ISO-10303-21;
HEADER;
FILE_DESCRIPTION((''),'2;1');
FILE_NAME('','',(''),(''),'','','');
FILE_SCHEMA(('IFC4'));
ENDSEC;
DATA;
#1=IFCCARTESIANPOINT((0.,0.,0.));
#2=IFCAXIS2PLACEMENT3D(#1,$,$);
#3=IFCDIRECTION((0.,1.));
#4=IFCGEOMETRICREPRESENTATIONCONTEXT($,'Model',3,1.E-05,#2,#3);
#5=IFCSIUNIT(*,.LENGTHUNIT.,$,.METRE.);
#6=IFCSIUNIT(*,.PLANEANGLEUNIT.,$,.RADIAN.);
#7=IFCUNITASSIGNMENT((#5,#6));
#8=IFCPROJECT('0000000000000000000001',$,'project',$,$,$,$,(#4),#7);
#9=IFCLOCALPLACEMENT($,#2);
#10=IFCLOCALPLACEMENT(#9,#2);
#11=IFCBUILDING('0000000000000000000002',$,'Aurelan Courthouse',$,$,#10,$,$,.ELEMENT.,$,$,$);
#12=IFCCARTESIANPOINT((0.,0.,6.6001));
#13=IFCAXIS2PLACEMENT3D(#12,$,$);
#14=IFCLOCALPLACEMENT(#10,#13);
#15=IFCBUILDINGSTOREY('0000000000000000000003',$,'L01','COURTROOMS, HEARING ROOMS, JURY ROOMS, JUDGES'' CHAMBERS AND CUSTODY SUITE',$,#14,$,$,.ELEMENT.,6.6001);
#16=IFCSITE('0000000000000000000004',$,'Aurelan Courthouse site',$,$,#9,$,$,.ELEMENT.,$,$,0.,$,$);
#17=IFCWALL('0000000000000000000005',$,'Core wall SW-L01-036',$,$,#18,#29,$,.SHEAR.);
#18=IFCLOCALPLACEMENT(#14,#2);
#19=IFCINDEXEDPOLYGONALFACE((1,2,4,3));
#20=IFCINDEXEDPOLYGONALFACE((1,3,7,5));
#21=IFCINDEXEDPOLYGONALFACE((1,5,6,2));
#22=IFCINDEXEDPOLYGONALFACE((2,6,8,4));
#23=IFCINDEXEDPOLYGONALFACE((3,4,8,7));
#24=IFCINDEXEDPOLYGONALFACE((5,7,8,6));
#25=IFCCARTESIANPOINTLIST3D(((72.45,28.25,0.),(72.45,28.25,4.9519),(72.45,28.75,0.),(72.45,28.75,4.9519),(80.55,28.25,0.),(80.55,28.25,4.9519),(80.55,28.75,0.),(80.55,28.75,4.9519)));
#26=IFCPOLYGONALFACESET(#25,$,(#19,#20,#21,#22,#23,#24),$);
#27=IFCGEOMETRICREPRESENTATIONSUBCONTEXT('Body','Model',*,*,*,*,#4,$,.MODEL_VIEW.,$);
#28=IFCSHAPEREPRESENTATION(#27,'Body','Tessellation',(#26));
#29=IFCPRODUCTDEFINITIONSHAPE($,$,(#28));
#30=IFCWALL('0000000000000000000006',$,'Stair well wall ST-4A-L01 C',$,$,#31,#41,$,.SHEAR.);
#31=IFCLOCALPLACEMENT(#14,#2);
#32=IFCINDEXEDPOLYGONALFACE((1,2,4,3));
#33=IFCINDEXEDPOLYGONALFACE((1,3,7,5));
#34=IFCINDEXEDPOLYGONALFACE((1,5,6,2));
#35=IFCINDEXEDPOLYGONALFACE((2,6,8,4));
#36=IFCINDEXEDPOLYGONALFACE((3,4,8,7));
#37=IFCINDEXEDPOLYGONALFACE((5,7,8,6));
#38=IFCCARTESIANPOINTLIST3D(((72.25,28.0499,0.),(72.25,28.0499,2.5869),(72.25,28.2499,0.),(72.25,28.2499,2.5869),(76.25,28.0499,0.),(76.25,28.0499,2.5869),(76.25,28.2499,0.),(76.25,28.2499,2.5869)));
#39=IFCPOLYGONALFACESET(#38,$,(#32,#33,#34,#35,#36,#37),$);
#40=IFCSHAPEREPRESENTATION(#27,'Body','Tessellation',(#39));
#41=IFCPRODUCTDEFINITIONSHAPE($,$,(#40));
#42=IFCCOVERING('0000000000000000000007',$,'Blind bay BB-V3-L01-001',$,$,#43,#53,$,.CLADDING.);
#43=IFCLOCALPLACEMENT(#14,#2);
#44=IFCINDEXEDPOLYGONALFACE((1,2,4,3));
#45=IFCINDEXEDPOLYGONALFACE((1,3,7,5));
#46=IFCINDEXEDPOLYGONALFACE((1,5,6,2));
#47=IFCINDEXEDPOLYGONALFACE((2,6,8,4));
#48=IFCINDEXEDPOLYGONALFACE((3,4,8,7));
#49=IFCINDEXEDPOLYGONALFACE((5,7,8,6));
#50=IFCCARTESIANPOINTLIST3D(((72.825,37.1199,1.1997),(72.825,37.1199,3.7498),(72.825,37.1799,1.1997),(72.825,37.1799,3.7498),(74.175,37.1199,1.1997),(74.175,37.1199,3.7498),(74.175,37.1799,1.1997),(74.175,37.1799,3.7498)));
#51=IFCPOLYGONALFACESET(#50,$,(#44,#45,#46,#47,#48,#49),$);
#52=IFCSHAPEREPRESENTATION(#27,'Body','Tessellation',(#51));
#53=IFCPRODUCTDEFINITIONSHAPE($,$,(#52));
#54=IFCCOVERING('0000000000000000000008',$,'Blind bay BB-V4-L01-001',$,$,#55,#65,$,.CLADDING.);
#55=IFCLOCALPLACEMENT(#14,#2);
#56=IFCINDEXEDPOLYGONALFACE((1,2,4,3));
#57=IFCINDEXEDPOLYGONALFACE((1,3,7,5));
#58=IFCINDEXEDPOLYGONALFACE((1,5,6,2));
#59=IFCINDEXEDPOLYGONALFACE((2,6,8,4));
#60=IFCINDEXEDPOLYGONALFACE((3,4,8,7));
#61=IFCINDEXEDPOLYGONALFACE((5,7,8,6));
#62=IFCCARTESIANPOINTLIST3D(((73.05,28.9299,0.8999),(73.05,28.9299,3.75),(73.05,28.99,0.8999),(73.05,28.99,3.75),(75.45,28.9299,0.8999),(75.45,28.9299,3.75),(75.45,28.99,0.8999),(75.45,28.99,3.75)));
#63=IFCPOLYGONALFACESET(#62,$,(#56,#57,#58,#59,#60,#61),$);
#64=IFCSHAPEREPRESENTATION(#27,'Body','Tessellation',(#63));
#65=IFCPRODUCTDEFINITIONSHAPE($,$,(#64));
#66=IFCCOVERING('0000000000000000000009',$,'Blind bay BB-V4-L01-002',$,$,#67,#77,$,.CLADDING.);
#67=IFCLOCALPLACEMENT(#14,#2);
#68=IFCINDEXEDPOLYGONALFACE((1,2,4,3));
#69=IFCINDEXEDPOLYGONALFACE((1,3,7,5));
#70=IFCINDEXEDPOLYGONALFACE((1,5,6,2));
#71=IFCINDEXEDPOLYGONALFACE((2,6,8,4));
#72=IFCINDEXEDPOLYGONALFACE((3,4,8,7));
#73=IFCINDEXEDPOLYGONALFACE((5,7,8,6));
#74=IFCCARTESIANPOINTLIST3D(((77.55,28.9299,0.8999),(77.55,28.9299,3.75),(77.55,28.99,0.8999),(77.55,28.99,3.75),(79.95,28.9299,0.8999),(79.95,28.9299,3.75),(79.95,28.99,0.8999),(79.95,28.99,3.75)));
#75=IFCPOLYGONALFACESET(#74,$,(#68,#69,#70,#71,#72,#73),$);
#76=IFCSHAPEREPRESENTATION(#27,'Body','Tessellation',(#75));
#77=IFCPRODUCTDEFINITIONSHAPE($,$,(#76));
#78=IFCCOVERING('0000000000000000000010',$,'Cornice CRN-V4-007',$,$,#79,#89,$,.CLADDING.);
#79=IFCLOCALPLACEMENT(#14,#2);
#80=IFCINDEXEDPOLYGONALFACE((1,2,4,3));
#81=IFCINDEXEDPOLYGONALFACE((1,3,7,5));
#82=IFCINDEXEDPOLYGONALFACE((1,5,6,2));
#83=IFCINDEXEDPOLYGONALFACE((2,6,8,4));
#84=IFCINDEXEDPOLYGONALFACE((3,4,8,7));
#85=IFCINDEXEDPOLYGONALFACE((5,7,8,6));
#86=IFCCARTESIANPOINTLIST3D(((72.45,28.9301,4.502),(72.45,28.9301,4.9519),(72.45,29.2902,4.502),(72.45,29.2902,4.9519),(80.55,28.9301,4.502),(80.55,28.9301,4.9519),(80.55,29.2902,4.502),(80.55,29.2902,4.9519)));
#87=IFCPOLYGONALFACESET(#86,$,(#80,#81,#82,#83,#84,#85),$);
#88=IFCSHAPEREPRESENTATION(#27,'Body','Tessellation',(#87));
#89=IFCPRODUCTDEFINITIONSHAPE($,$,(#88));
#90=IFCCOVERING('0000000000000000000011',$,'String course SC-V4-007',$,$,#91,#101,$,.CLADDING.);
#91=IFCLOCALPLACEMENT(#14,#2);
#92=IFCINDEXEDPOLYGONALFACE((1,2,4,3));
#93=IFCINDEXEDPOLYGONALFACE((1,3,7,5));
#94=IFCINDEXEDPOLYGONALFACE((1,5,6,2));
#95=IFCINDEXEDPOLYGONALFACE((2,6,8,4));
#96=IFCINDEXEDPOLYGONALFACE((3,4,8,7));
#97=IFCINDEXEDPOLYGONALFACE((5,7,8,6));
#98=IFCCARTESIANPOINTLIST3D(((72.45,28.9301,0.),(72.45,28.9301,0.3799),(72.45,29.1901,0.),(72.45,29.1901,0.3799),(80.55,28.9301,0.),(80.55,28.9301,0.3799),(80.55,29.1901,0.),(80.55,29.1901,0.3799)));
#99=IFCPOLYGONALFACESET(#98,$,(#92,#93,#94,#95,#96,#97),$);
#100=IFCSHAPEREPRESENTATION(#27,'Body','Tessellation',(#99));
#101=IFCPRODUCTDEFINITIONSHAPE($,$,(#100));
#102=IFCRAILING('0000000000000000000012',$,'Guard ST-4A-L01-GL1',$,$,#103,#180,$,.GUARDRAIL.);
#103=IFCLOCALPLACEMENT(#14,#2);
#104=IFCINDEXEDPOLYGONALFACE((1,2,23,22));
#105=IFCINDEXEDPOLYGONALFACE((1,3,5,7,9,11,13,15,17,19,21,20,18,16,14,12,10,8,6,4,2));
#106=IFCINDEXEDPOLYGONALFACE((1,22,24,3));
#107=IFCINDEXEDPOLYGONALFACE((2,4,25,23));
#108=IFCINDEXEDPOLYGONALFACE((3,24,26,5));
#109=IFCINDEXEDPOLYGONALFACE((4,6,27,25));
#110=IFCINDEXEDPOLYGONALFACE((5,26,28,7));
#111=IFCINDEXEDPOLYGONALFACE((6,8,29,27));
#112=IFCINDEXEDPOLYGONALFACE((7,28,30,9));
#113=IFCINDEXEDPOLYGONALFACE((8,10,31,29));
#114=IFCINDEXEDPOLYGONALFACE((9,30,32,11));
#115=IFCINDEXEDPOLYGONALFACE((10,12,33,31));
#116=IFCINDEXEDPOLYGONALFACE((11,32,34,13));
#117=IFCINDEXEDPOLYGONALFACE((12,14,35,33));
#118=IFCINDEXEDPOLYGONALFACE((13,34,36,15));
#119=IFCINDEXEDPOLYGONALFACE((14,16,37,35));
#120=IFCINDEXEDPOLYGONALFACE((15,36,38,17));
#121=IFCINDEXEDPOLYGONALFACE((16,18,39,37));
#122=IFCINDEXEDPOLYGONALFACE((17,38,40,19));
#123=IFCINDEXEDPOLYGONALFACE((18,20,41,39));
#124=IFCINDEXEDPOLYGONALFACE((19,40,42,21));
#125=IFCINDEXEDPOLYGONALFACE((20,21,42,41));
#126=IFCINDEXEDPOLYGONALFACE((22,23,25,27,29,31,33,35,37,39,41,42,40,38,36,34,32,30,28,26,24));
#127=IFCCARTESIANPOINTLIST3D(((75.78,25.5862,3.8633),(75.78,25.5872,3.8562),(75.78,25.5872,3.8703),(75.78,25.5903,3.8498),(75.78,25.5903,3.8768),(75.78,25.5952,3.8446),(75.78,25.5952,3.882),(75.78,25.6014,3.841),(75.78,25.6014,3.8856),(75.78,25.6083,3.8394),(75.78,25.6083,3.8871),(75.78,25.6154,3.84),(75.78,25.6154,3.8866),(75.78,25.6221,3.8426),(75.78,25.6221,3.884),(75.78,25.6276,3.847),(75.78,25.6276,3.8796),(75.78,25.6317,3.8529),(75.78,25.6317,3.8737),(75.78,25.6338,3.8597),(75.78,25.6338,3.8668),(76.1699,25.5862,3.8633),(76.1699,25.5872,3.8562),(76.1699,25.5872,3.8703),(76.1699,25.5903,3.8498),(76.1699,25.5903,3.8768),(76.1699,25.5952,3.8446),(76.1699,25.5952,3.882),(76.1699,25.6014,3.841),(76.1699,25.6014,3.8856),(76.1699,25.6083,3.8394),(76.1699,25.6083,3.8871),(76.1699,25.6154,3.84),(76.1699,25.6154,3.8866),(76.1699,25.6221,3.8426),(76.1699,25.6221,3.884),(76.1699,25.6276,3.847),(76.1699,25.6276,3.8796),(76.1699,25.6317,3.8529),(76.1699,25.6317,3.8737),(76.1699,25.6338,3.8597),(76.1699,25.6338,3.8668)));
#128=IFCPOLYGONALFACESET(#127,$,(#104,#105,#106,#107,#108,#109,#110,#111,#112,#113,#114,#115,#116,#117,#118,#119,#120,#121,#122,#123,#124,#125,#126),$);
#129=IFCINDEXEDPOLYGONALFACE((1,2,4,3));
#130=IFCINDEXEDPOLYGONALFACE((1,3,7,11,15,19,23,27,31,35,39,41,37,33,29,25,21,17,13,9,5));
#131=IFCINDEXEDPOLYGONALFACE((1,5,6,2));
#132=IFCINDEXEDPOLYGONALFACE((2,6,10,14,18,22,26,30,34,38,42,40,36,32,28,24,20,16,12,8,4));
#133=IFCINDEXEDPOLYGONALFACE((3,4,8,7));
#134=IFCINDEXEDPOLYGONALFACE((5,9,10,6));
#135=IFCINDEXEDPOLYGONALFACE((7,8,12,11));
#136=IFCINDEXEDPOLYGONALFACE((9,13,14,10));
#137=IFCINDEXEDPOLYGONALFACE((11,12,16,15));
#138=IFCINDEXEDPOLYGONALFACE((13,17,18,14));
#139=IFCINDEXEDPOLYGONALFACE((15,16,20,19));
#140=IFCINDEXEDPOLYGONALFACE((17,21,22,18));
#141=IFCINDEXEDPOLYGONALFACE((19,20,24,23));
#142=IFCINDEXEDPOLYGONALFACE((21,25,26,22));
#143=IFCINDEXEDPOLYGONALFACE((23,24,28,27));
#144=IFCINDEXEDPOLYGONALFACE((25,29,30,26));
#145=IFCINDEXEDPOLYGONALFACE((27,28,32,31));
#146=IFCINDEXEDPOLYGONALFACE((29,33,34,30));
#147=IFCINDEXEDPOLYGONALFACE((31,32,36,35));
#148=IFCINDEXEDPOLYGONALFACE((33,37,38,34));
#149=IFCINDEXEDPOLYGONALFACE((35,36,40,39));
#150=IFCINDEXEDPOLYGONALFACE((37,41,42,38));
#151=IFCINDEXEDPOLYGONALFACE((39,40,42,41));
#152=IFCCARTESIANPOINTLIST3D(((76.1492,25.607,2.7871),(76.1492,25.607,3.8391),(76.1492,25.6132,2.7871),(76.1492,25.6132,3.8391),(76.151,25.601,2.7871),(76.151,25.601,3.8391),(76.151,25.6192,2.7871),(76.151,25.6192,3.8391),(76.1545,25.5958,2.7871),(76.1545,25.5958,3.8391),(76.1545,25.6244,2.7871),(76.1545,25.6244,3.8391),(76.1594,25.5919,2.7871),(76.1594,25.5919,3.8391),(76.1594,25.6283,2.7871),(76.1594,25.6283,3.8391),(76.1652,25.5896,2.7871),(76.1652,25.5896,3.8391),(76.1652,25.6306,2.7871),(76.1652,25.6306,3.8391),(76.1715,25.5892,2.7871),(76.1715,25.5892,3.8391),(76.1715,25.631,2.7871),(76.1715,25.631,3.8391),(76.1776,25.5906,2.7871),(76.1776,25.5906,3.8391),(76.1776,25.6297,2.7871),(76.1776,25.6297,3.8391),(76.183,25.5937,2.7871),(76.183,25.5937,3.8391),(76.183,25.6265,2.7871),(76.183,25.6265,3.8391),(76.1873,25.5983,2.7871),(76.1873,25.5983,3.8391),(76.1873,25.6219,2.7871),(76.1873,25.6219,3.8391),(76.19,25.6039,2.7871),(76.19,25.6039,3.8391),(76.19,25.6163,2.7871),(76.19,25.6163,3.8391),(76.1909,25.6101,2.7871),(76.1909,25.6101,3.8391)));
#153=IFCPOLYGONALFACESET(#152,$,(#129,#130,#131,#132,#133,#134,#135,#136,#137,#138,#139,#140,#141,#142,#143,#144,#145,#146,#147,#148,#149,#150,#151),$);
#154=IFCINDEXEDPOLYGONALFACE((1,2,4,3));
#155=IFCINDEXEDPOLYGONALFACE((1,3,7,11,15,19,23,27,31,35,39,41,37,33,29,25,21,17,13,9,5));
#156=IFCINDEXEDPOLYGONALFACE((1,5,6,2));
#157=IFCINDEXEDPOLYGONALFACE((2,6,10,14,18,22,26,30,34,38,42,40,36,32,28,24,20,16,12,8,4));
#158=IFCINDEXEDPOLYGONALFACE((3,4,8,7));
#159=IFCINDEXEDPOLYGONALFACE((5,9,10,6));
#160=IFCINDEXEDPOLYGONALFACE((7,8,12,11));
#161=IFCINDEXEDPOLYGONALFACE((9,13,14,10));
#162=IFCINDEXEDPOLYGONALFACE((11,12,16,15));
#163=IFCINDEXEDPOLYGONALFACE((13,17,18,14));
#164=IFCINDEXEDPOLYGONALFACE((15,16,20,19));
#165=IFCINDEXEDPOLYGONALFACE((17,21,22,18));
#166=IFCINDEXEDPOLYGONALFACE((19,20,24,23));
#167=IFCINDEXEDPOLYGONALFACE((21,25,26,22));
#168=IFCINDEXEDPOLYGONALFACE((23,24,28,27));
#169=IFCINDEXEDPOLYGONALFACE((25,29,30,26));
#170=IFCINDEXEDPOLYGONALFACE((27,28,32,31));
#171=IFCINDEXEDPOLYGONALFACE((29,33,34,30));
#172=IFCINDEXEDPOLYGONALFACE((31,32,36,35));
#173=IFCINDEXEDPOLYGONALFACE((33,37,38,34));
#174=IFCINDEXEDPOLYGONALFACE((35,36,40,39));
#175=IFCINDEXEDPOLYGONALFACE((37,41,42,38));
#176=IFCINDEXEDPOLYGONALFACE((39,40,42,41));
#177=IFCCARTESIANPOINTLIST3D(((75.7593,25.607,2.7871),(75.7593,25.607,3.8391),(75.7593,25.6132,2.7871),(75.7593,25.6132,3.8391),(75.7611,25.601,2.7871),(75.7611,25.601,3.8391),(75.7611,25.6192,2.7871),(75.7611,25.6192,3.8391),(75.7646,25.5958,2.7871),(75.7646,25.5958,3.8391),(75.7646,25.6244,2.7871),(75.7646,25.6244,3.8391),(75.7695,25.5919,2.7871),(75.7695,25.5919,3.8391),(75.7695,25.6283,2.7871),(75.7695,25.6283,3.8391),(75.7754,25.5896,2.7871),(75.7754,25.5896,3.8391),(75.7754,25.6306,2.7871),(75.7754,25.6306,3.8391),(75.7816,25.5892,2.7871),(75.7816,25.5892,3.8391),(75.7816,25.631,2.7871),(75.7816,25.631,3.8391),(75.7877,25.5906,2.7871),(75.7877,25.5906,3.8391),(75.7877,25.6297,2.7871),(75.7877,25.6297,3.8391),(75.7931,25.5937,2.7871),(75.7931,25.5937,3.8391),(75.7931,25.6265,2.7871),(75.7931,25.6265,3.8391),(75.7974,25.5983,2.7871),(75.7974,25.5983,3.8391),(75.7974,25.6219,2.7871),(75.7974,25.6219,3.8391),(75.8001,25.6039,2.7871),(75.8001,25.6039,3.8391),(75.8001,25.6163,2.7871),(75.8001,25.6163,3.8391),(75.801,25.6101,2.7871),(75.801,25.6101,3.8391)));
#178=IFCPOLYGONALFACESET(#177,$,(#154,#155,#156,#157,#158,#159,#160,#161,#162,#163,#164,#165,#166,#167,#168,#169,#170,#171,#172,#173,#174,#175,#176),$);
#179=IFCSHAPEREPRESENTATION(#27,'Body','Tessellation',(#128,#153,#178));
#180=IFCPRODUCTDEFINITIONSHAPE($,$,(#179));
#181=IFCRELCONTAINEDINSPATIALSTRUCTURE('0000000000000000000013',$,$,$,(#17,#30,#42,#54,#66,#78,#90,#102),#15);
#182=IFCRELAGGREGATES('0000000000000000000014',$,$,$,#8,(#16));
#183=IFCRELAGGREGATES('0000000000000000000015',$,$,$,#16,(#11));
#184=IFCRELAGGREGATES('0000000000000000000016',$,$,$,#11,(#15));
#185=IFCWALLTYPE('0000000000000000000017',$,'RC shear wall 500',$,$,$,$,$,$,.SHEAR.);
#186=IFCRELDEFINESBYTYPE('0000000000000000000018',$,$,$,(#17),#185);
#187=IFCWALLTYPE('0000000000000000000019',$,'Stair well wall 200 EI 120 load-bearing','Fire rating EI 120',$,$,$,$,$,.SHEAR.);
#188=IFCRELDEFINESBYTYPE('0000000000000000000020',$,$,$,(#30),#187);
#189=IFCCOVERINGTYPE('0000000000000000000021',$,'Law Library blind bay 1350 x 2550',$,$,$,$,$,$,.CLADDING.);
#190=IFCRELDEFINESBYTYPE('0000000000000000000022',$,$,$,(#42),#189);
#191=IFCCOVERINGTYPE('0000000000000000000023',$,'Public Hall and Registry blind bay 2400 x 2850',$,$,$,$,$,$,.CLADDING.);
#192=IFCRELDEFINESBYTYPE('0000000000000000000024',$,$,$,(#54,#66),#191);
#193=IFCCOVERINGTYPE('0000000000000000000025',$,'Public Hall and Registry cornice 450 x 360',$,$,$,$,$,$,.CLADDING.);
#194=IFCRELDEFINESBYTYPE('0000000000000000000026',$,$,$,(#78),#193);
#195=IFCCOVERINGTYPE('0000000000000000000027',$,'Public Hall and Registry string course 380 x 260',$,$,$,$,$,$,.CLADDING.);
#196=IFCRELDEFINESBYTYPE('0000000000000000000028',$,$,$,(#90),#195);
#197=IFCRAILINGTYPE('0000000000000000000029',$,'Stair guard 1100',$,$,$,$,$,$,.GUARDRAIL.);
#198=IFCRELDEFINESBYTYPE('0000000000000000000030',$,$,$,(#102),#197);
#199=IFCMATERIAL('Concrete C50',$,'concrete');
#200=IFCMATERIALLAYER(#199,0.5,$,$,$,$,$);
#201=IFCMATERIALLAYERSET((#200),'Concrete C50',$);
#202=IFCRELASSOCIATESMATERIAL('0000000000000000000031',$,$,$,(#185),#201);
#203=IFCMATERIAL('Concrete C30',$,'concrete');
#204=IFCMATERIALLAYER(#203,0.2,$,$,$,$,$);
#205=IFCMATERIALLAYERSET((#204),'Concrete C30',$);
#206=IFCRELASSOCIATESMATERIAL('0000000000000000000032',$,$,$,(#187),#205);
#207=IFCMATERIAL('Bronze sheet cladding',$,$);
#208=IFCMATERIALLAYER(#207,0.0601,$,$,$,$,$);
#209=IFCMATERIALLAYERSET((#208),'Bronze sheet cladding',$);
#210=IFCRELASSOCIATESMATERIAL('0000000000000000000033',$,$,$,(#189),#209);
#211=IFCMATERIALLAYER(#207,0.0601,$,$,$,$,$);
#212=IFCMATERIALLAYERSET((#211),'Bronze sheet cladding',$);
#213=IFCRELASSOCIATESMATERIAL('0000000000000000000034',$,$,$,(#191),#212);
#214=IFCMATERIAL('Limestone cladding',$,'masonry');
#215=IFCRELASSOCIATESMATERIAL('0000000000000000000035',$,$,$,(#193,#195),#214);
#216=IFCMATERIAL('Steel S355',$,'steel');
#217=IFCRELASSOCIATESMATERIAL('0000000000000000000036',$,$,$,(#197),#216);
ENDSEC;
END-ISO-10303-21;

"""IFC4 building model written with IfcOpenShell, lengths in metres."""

from ifc_helpers import new_model, si_unit, direction, frame, frame_2d, origin, origin_2d, place, context, subcontext, project, spatial, rectangle, circle, extrude, material, layer, layer_set, type_object, element, save


model = new_model("IFC4")

# Units and contexts
model_context = context("Model", 3, precision=1e-05, world=origin(), true_north=direction((0.0, 1.0)))
body_context = subcontext(model_context, "Body", "Model", "MODEL_VIEW")
ifc_project = project(units=[si_unit("LENGTHUNIT", "METRE"), si_unit("PLANEANGLEUNIT", "RADIAN")], contexts=[model_context])

# Site, building, storey
site_placement = place(None, origin())
site = spatial("IfcSite", under=ifc_project, at=site_placement, Name="Aurelan Courthouse site", CompositionType="ELEMENT", RefElevation=0.0)
building_placement = place(site_placement, origin())
building = spatial("IfcBuilding", under=site, at=building_placement, Name="Aurelan Courthouse", CompositionType="ELEMENT")
storey_placement = place(building_placement, frame((0.0, 0.0, 6.6001)))
storey = spatial("IfcBuildingStorey", under=building, at=storey_placement, Name="L01", Description="COURTROOMS, HEARING ROOMS, JURY ROOMS, JUDGES' CHAMBERS AND CUSTODY SUITE", CompositionType="ELEMENT", Elevation=6.6001)

# Shared definitions
ifc_material_1 = material(Name="Concrete C50", Category="concrete")

# Shared definitions
ifc_material_2 = material(Name="Limestone cladding", Category="masonry")
ifc_material_3 = material(Name="Concrete C30", Category="concrete")

# Walls
ifc_layer_1 = layer(ifc_material_1, 0.5)
ifc_layer_set_1 = layer_set([ifc_layer_1], Name="Concrete C50")
wall_type_1 = type_object("IfcWallType", Name="RC shear wall 500", PredefinedType="SHEAR", material=ifc_layer_set_1)
wall_1_placement = place(storey_placement, frame((72.45, 28.5, 0.0), z_axis=(0.0, 0.0, 1.0), x_axis=(1.0, 0.0, 0.0)))
element("IfcWall", 1, at=wall_1_placement, inside=storey, type_object=wall_type_1, Name="Core wall SW-L01-036", PredefinedType="SHEAR", context=body_context, shape_type="SweptSolid", body=[
    extrude(rectangle(XDim=8.1001, YDim=0.5, at=frame_2d((4.05, 0.0))), origin(), (0.0, 0.0, 1.0), 4.9519),
])
ifc_layer_2 = layer(ifc_material_3, 0.2)
ifc_layer_set_2 = layer_set([ifc_layer_2], Name="Concrete C30")
wall_type_2 = type_object("IfcWallType", Name="Stair well wall 200 EI 120 load-bearing", Description="Fire rating EI 120", PredefinedType="SHEAR", material=ifc_layer_set_2)
wall_2_placement = place(storey_placement, frame((72.25, 28.1499, 0.0), z_axis=(0.0, 0.0, 1.0), x_axis=(1.0, 0.0, 0.0)))
element("IfcWall", 2, at=wall_2_placement, inside=storey, type_object=wall_type_2, Name="Stair well wall ST-4A-L01 C", PredefinedType="SHEAR", context=body_context, shape_type="SweptSolid", body=[
    extrude(rectangle(XDim=4.0, YDim=0.2, at=frame_2d((2.0, 0.0))), origin(), (0.0, 0.0, 1.0), 2.5869),
])

# Coverings
ifc_material_4 = material(Name="Bronze sheet cladding")
ifc_layer_3 = layer(ifc_material_4, 0.0601)
ifc_layer_set_3 = layer_set([ifc_layer_3], Name="Bronze sheet cladding")
covering_type_1 = type_object("IfcCoveringType", Name="Law Library blind bay 1350 x 2550", PredefinedType="CLADDING", material=ifc_layer_set_3)
covering_1_placement = place(storey_placement, frame((73.5, 37.1499, 1.1997), z_axis=(0.0, 0.0, 1.0), x_axis=(1.0, 0.0, 0.0)))
element("IfcCovering", 3, at=covering_1_placement, inside=storey, type_object=covering_type_1, Name="Blind bay BB-V3-L01-001", PredefinedType="CLADDING", context=body_context, shape_type="SweptSolid", body=[
    extrude(rectangle(XDim=1.3501, YDim=0.0601, at=origin_2d()), origin(), (0.0, 0.0, 1.0), 2.55),
])
ifc_layer_4 = layer(ifc_material_4, 0.0601)
ifc_layer_set_4 = layer_set([ifc_layer_4], Name="Bronze sheet cladding")
covering_type_2 = type_object("IfcCoveringType", Name="Public Hall and Registry blind bay 2400 x 2850", PredefinedType="CLADDING", material=ifc_layer_set_4)
for number, where, z_axis, x_axis, name in (
    (4, (74.25, 28.96, 0.8999), (0.0, 0.0, 1.0), (1.0, 0.0, 0.0), "Blind bay BB-V4-L01-001"),
    (5, (78.75, 28.96, 0.8999), (0.0, 0.0, 1.0), (1.0, 0.0, 0.0), "Blind bay BB-V4-L01-002"),
):
    element("IfcCovering", number, at=place(storey_placement, frame(where, z_axis=z_axis, x_axis=x_axis)), inside=storey, type_object=covering_type_2, Name=name, PredefinedType="CLADDING", context=body_context, shape_type="SweptSolid", body=[
        extrude(rectangle(XDim=2.3999, YDim=0.0601, at=origin_2d()), origin(), (0.0, 0.0, 1.0), 2.8501),
    ])
covering_type_3 = type_object("IfcCoveringType", Name="Public Hall and Registry cornice 450 x 360", PredefinedType="CLADDING", material=ifc_material_2)
covering_2_placement = place(storey_placement, frame((76.5, 29.1101, 4.502), z_axis=(0.0, 0.0, 1.0), x_axis=(1.0, 0.0, 0.0)))
element("IfcCovering", 6, at=covering_2_placement, inside=storey, type_object=covering_type_3, Name="Cornice CRN-V4-007", PredefinedType="CLADDING", context=body_context, shape_type="SweptSolid", body=[
    extrude(rectangle(XDim=8.1001, YDim=0.3601, at=origin_2d()), origin(), (0.0, 0.0, 1.0), 0.45),
])
covering_type_4 = type_object("IfcCoveringType", Name="Public Hall and Registry string course 380 x 260", PredefinedType="CLADDING", material=ifc_material_2)
covering_3_placement = place(storey_placement, frame((76.5, 29.0601, 0.0), z_axis=(0.0, 0.0, 1.0), x_axis=(1.0, 0.0, 0.0)))
element("IfcCovering", 7, at=covering_3_placement, inside=storey, type_object=covering_type_4, Name="String course SC-V4-007", PredefinedType="CLADDING", context=body_context, shape_type="SweptSolid", body=[
    extrude(rectangle(XDim=8.1001, YDim=0.26, at=origin_2d()), origin(), (0.0, 0.0, 1.0), 0.3799),
])

# Railing
ifc_material_5 = material(Name="Steel S355", Category="steel")
railing_type = type_object("IfcRailingType", Name="Stair guard 1100", PredefinedType="GUARDRAIL", material=ifc_material_5)
railing_placement = place(storey_placement, frame((76.1699, 25.6101, 2.7871)))
element("IfcRailing", 8, at=railing_placement, inside=storey, type_object=railing_type, Name="Guard ST-4A-L01-GL1", PredefinedType="GUARDRAIL", context=body_context, shape_type="SweptSolid", body=[
    extrude(circle(Radius=0.0239, at=origin_2d()), frame((0.0, 0.0, 1.0762), z_axis=(-1.0, 0.0, 0.0), x_axis=(0.0, -1.0, 0.0)), (0.0, 0.0, 1.0), 0.3899),
    extrude(circle(Radius=0.021, at=origin_2d()), origin(), (0.0, 0.0, 1.0), 1.052),
    extrude(circle(Radius=0.021, at=origin_2d()), frame((-0.3899, 0.0, 0.0)), (0.0, 0.0, 1.0), 1.052),
])

save(model, "model.ifc")
